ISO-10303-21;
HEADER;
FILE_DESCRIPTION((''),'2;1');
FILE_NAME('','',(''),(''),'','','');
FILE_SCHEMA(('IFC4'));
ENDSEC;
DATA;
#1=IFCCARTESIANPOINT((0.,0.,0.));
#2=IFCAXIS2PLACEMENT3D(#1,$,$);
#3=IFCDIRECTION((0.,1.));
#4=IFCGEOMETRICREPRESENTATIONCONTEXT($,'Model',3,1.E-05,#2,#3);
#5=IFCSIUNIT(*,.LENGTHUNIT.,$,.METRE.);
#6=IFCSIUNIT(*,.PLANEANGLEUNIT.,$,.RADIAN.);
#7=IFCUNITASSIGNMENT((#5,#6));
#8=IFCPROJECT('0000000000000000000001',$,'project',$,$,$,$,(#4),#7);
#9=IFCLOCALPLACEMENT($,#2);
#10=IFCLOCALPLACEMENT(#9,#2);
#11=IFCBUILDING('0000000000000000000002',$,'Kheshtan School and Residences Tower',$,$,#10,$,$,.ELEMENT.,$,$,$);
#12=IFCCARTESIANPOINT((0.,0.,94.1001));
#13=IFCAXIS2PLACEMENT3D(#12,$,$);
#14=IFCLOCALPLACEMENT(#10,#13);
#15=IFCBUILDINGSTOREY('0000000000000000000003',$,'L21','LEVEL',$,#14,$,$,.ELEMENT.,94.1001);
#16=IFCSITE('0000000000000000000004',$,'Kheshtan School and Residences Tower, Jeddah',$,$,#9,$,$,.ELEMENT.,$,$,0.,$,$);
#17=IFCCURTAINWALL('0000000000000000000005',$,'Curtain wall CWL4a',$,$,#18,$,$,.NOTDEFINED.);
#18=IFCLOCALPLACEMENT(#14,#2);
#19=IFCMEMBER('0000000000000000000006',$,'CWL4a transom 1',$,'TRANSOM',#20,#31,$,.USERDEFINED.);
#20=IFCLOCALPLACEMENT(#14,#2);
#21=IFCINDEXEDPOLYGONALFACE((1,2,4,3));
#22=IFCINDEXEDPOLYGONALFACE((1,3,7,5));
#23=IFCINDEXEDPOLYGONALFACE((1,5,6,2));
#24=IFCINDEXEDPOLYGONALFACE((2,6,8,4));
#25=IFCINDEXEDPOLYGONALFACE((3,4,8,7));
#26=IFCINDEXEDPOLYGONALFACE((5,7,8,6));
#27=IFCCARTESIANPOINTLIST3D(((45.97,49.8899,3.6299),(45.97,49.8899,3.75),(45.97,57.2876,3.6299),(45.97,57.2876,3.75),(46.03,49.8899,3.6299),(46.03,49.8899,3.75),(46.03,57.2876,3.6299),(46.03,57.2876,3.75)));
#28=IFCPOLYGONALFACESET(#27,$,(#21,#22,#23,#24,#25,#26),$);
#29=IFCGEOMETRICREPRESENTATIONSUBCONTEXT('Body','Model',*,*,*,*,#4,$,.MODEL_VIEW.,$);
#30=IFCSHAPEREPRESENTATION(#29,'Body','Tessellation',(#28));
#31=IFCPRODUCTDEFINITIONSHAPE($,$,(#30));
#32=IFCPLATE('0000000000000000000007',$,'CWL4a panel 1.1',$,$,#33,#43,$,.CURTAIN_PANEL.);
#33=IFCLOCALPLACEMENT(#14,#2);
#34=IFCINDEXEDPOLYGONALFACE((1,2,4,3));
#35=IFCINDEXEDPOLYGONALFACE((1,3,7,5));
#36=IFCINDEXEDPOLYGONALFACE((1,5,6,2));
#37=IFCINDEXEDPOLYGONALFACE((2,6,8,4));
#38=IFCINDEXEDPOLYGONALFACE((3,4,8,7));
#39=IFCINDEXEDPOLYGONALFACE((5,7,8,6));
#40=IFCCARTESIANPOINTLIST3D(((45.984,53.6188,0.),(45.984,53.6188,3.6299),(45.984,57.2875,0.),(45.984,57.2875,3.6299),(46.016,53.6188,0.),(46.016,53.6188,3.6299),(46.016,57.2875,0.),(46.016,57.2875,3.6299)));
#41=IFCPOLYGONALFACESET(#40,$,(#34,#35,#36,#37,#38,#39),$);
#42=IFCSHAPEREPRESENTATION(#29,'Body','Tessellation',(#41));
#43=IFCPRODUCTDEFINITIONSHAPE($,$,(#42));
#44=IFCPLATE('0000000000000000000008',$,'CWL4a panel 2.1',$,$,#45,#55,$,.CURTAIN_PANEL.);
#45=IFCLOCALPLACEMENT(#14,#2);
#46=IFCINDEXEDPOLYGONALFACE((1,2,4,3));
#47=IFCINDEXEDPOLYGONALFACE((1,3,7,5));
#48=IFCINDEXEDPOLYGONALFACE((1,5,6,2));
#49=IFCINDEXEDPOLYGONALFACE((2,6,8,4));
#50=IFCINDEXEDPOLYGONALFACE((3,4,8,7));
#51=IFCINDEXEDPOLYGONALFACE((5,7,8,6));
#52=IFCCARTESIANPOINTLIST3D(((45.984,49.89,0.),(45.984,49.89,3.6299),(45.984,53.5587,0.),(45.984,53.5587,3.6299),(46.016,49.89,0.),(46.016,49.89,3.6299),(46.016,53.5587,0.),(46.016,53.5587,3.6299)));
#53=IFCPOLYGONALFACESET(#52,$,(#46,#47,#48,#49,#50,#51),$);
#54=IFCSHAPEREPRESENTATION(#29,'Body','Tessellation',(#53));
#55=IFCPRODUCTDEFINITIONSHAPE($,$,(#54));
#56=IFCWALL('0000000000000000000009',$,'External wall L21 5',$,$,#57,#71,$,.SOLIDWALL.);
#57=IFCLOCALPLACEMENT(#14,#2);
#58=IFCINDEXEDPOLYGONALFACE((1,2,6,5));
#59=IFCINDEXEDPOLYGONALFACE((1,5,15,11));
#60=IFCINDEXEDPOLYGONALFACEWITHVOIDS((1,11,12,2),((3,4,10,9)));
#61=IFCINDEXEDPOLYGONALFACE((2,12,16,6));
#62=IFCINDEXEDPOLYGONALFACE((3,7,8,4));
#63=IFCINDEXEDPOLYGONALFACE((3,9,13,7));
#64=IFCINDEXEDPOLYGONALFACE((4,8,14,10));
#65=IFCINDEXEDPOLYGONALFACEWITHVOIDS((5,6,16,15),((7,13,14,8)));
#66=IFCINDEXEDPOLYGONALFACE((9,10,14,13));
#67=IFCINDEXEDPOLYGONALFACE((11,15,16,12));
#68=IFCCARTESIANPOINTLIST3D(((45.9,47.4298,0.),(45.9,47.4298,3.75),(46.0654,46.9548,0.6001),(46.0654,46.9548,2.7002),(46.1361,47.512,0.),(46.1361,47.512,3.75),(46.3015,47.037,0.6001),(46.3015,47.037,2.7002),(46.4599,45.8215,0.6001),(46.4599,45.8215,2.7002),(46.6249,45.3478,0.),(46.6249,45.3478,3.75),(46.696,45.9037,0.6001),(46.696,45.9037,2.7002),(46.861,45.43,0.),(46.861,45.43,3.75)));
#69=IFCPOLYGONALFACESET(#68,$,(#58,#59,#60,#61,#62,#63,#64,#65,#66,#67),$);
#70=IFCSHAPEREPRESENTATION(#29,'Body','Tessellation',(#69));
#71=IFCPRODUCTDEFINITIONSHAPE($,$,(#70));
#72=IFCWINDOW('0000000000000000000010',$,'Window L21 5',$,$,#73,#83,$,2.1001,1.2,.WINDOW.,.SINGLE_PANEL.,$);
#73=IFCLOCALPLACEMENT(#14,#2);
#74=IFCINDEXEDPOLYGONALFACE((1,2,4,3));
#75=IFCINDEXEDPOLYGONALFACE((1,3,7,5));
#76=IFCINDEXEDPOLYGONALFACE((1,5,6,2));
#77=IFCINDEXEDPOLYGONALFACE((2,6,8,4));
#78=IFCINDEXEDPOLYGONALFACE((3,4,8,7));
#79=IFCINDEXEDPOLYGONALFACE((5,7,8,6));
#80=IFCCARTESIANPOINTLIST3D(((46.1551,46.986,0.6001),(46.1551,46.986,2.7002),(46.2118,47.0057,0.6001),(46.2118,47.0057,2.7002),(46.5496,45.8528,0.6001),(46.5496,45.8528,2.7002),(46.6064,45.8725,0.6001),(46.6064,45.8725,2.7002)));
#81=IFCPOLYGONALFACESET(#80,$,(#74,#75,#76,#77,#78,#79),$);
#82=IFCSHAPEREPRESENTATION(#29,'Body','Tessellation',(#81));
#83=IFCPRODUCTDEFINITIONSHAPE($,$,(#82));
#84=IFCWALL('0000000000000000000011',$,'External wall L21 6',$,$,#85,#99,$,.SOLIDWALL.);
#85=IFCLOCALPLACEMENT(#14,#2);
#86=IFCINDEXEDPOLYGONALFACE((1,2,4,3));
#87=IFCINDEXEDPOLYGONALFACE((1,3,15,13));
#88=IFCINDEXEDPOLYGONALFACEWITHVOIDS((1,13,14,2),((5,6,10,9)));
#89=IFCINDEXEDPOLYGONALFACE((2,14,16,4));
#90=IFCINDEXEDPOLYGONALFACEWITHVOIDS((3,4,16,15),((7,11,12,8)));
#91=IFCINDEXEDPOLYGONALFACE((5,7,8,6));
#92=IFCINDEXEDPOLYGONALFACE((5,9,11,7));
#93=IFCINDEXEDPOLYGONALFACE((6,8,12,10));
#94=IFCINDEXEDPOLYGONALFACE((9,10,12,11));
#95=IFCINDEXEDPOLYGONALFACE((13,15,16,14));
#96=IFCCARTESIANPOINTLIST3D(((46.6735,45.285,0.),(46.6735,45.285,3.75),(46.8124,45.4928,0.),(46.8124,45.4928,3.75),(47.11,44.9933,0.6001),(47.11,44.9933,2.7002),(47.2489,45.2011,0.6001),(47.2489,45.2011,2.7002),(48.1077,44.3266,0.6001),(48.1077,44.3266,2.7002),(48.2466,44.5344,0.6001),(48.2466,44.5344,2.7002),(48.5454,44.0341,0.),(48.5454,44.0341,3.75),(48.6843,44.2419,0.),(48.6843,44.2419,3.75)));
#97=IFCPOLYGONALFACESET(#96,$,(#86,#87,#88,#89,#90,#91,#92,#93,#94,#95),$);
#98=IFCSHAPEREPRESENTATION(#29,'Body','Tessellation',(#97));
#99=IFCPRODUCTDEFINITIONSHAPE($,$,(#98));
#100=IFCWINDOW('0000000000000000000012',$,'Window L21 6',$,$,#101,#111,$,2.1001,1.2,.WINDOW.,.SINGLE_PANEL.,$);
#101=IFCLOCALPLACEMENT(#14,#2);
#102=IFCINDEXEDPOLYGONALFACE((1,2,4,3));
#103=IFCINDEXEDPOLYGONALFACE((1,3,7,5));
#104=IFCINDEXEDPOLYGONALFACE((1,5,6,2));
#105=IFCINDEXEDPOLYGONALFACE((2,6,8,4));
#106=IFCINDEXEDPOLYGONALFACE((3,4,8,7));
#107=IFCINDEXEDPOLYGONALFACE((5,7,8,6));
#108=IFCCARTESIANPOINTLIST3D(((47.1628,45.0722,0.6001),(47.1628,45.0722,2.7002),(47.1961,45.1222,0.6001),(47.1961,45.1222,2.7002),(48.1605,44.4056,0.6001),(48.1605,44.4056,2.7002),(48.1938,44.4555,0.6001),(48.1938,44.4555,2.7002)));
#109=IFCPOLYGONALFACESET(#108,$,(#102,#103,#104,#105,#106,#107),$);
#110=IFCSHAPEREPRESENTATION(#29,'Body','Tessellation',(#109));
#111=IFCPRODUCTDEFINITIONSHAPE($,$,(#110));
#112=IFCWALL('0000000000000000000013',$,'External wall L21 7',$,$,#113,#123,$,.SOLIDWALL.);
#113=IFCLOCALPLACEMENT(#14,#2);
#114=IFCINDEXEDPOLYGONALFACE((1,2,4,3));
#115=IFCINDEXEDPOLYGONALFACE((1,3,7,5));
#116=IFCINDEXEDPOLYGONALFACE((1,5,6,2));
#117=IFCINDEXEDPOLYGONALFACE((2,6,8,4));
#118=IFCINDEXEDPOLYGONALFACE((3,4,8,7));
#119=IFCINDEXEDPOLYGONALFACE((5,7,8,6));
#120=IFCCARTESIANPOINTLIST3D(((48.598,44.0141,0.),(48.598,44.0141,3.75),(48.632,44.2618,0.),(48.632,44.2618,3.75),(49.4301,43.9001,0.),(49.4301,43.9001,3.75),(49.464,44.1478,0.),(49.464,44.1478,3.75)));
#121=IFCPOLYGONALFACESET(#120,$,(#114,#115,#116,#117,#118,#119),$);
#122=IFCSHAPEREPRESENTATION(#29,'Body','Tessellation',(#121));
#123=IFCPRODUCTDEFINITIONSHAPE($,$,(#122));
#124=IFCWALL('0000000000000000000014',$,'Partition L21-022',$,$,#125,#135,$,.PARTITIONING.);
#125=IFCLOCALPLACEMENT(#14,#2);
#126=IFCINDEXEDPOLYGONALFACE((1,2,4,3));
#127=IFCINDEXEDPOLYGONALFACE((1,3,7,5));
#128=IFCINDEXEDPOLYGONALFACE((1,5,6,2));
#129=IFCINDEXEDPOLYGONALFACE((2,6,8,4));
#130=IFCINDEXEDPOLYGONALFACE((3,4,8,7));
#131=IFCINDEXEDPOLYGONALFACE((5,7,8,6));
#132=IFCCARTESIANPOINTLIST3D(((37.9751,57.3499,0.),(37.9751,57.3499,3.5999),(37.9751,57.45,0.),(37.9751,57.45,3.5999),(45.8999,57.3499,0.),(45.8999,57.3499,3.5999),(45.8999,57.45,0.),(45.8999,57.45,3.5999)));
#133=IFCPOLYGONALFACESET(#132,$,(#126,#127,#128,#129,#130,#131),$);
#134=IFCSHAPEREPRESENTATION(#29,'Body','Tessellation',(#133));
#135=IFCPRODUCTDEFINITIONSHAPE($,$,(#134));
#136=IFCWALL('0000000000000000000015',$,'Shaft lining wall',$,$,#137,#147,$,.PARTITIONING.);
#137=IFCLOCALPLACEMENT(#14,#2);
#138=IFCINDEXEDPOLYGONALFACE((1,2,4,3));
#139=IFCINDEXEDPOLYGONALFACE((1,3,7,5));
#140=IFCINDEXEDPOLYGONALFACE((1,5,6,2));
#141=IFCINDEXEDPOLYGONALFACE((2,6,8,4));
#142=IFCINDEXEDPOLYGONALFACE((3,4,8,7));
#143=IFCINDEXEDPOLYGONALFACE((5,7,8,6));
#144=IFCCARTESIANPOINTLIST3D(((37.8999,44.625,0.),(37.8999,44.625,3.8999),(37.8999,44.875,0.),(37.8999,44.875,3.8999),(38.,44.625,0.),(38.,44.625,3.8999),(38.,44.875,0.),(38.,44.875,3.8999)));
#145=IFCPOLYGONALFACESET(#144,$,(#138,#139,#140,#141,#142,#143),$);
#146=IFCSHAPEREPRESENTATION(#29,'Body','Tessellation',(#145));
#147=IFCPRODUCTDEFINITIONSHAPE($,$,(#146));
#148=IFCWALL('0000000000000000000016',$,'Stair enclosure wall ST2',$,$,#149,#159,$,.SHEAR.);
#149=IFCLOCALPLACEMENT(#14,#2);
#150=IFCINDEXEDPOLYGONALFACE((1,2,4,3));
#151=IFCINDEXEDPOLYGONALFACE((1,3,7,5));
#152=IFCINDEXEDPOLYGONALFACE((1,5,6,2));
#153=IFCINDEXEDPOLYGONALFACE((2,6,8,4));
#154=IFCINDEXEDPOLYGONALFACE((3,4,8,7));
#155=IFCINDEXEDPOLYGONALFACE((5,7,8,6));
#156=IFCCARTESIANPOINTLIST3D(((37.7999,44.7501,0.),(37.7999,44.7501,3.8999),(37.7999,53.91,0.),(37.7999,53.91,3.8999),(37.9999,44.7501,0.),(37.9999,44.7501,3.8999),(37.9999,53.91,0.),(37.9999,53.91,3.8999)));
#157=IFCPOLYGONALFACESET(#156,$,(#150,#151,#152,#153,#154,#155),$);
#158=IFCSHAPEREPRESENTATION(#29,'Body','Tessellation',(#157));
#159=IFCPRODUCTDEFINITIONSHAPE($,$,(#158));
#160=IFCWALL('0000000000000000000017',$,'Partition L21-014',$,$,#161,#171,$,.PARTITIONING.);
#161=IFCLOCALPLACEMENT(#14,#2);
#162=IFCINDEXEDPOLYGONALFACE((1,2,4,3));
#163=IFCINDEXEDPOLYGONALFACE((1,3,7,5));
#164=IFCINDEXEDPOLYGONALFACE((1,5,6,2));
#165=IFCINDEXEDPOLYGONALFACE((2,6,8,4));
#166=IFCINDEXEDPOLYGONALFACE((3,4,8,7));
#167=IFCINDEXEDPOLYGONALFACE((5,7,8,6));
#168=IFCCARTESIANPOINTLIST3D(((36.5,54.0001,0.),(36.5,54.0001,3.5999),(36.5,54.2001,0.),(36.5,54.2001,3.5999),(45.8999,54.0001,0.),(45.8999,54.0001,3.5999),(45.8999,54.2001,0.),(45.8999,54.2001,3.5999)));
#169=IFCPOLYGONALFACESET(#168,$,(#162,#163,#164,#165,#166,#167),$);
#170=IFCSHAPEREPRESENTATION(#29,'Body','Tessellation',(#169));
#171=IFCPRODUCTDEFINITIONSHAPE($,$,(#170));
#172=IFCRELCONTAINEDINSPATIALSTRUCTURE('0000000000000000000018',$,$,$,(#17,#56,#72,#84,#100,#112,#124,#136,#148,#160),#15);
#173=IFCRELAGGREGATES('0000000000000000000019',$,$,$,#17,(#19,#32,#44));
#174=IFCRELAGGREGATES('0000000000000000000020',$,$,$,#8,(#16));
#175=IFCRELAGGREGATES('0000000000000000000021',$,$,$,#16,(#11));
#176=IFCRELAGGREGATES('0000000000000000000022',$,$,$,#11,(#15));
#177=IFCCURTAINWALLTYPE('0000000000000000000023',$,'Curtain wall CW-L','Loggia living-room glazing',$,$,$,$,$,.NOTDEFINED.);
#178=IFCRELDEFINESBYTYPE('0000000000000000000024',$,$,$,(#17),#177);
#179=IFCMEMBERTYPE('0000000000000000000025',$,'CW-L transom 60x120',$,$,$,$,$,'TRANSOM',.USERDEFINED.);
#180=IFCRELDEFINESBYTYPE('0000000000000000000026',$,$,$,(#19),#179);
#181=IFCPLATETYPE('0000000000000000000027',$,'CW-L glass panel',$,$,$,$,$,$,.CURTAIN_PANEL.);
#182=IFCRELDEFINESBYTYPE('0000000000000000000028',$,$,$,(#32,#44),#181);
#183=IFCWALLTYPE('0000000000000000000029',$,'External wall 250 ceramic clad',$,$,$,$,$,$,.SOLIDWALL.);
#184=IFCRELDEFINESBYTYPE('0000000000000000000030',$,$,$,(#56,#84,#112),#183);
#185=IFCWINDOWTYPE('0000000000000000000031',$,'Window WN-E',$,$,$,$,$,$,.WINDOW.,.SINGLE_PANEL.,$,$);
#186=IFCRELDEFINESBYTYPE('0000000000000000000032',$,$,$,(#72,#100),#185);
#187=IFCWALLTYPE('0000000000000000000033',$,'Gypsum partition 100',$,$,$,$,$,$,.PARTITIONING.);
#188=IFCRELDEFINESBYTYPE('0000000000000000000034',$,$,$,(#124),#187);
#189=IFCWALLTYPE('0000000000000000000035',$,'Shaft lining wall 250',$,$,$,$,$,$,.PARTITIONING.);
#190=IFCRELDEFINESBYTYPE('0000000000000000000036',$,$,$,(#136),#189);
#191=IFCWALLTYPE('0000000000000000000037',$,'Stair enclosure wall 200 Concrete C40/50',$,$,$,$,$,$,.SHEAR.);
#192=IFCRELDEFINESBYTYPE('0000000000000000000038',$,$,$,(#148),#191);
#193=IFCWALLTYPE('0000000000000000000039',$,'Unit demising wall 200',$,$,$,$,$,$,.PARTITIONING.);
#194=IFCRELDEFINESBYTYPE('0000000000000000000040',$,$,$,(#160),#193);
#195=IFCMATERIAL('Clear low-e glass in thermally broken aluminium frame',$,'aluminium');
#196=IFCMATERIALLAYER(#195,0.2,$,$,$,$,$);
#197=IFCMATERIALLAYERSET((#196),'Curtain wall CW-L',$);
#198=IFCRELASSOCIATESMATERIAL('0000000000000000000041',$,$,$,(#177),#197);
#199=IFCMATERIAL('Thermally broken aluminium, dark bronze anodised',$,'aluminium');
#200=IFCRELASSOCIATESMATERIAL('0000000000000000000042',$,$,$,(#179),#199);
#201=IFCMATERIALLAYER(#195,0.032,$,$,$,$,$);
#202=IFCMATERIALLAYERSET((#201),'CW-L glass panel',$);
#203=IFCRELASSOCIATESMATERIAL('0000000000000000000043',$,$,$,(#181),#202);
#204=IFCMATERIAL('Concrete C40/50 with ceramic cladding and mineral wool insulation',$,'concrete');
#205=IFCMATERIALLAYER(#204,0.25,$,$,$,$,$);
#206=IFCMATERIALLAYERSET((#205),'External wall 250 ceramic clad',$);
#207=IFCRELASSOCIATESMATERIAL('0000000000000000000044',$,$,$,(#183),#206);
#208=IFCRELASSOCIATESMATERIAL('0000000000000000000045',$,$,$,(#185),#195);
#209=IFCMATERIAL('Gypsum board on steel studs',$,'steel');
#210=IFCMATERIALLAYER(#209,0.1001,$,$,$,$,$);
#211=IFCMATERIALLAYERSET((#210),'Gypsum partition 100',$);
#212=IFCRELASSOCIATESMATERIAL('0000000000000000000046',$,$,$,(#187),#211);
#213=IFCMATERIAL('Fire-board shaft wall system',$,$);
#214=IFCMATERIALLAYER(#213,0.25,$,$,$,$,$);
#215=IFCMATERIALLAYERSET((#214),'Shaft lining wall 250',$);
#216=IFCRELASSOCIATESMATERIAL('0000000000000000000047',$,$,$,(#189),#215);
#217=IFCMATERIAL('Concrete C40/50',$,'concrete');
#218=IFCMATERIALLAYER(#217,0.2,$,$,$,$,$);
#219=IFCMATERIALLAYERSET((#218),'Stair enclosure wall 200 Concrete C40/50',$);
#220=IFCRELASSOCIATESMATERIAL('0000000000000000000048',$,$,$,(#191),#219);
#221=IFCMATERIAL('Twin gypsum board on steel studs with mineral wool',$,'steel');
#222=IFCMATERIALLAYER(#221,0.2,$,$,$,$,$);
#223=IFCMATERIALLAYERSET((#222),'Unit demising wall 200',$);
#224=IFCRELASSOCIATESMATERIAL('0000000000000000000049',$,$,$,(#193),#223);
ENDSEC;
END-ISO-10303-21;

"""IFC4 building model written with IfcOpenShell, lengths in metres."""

from ifc_helpers import new_model, si_unit, direction, frame, frame_2d, origin, origin_2d, place, context, subcontext, project, spatial, rectangle, extrude, source, transform, mapped, material, layer, layer_set, material_profile, profile_set, type_object, element, fill, aggregate, save


model = new_model("IFC4")

# Units and contexts
model_context = context("Model", 3, precision=1e-05, world=origin(), true_north=direction((0.0, 1.0)))
body_context = subcontext(model_context, "Body", "Model", "MODEL_VIEW")
ifc_project = project(units=[si_unit("LENGTHUNIT", "METRE"), si_unit("PLANEANGLEUNIT", "RADIAN")], contexts=[model_context])

# Site, building, storey
site_placement = place(None, origin())
site = spatial("IfcSite", under=ifc_project, at=site_placement, Name="Kheshtan School and Residences Tower, Jeddah", CompositionType="ELEMENT", RefElevation=0.0)
building_placement = place(site_placement, origin())
building = spatial("IfcBuilding", under=site, at=building_placement, Name="Kheshtan School and Residences Tower", CompositionType="ELEMENT")
storey_placement = place(building_placement, frame((0.0, 0.0, 94.1001)))
storey = spatial("IfcBuildingStorey", under=building, at=storey_placement, Name="L21", Description="LEVEL", CompositionType="ELEMENT", Elevation=94.1001)

# Curtain wall, member, plates
ifc_material_1 = material(Name="Clear low-e glass in thermally broken aluminium frame", Category="aluminium")
ifc_layer_1 = layer(ifc_material_1, 0.2)
ifc_layer_set_1 = layer_set([ifc_layer_1], Name="Curtain wall CW-L")
curtain_wall_type = type_object("IfcCurtainWallType", Name="Curtain wall CW-L", Description="Loggia living-room glazing", PredefinedType="NOTDEFINED", material=ifc_layer_set_1)
curtain_wall_placement = place(storey_placement, origin())
curtain_wall = element("IfcCurtainWall", 1, at=curtain_wall_placement, inside=storey, type_object=curtain_wall_type, Name="Curtain wall CWL4a", PredefinedType="NOTDEFINED")
ifc_material_2 = material(Name="Thermally broken aluminium, dark bronze anodised", Category="aluminium")
ifc_material_profile_1 = material_profile(ifc_material_2, rectangle(XDim=0.0601, YDim=0.1201, at=origin_2d()), Name="CW-L transom 60x120")
ifc_profile_set_1 = profile_set([ifc_material_profile_1], Name="Thermally broken aluminium, dark bronze anodised")
member_type_1 = type_object("IfcMemberType", Name="CW-L transom 60x120", ElementType="TRANSOM", PredefinedType="USERDEFINED", material=ifc_profile_set_1)
member_1_placement = place(storey_placement, frame((46.0, 57.2876, 3.6899), z_axis=(0.0, -1.0, 0.0), x_axis=(1.0, 0.0, 0.0)))
member_1 = element("IfcMember", 2, at=member_1_placement, type_object=member_type_1, Name="CWL4a transom 1", ObjectType="TRANSOM", PredefinedType="USERDEFINED", context=body_context, shape_type="SweptSolid", body=[
    extrude(rectangle(XDim=0.0601, YDim=0.1201, at=origin_2d()), origin(), (0.0, 0.0, 1.0), 7.3977),
])
ifc_layer_2 = layer(ifc_material_1, 0.032)
ifc_layer_set_2 = layer_set([ifc_layer_2], Name="CW-L glass panel")
plate_type = type_object("IfcPlateType", Name="CW-L glass panel", PredefinedType="CURTAIN_PANEL", material=ifc_layer_set_2)
plate_1_placement = place(storey_placement, frame((46.0, 55.4531, 0.0), z_axis=(0.0, 0.0, 1.0), x_axis=(0.0, -1.0, 0.0)))
plate_1 = element("IfcPlate", 3, at=plate_1_placement, type_object=plate_type, Name="CWL4a panel 1.1", PredefinedType="CURTAIN_PANEL", context=body_context, shape_type="SweptSolid", body=[
    extrude(rectangle(XDim=3.6687, YDim=0.032, at=origin_2d()), origin(), (0.0, 0.0, 1.0), 3.6299),
])
plate_2_placement = place(storey_placement, frame((46.0, 51.7244, 0.0), z_axis=(0.0, 0.0, 1.0), x_axis=(0.0, -1.0, 0.0)))
plate_2 = element("IfcPlate", 4, at=plate_2_placement, type_object=plate_type, Name="CWL4a panel 2.1", PredefinedType="CURTAIN_PANEL", context=body_context, shape_type="SweptSolid", body=[
    extrude(rectangle(XDim=3.6687, YDim=0.032, at=origin_2d()), origin(), (0.0, 0.0, 1.0), 3.6299),
])
aggregate(curtain_wall, [member_1, plate_1, plate_2])

# Walls, openings, windows
ifc_material_3 = material(Name="Concrete C40/50 with ceramic cladding and mineral wool insulation", Category="concrete")
ifc_layer_3 = layer(ifc_material_3, 0.25)
ifc_layer_set_3 = layer_set([ifc_layer_3], Name="External wall 250 ceramic clad")
wall_type_1 = type_object("IfcWallType", Name="External wall 250 ceramic clad", PredefinedType="SOLIDWALL", material=ifc_layer_set_3)
wall_1_placement = place(storey_placement, frame((46.0181, 47.4709, 0.0), z_axis=(0.0, 0.0, 1.0), x_axis=(0.328791, -0.944403, 0.0)))
wall_1 = element("IfcWall", 5, at=wall_1_placement, inside=storey, type_object=wall_type_1, Name="External wall L21 5", PredefinedType="SOLIDWALL", context=body_context, shape_type="SweptSolid", body=[
    extrude(rectangle(XDim=2.2046, YDim=0.25, at=frame_2d((1.1023, 0.0))), origin(), (0.0, 0.0, 1.0), 3.75),
])
opening_1_placement = place(wall_1_placement, frame((0.5029, 0.0, 0.6001)))
opening_1 = element("IfcOpeningElement", 6, at=opening_1_placement, cuts=wall_1, PredefinedType="OPENING", context=body_context, shape_type="SweptSolid", body=[
    extrude(rectangle(XDim=1.2, YDim=2.1001, at=frame_2d((0.6001, 1.05))), frame((0.0, 0.135, 0.0), z_axis=(0.0, -1.0, 0.0), x_axis=(1.0, 0.0, 0.0)), (0.0, 0.0, 1.0), 0.27),
])
window_type = type_object("IfcWindowType", Name="Window WN-E", PartitioningType="SINGLE_PANEL", PredefinedType="WINDOW", material=ifc_material_1)
shared_shape_1 = source(origin(), body_context, "Body", "SweptSolid", [
    extrude(rectangle(XDim=1.2, YDim=2.1001, at=frame_2d((0.6001, 1.05))), frame((0.0, 0.03, 0.0), z_axis=(0.0, -1.0, 0.0), x_axis=(1.0, 0.0, 0.0)), (0.0, 0.0, 1.0), 0.0601),
])
window_1_placement = place(opening_1_placement, origin())
window_1 = element("IfcWindow", 7, at=window_1_placement, inside=storey, type_object=window_type, Name="Window L21 5", OverallHeight=2.1001, OverallWidth=1.2, PartitioningType="SINGLE_PANEL", PredefinedType="WINDOW", context=body_context, shape_type="MappedRepresentation", body=[
    mapped(shared_shape_1, transform((0.0, 0.0, 0.0), x_axis=(1.0, 0.0, 0.0), y_axis=(0.0, 1.0, 0.0), z_axis=(0.0, 0.0, 1.0), scale=1.0)),
])
fill(opening_1, window_1)
wall_2_placement = place(storey_placement, frame((46.7429, 45.3889, 0.0), z_axis=(0.0, 0.0, 1.0), x_axis=(0.831449, -0.555601, 0.0)))
wall_2 = element("IfcWall", 8, at=wall_2_placement, inside=storey, type_object=wall_type_1, Name="External wall L21 6", PredefinedType="SOLIDWALL", context=body_context, shape_type="SweptSolid", body=[
    extrude(rectangle(XDim=2.2515, YDim=0.25, at=frame_2d((1.1257, 0.0))), origin(), (0.0, 0.0, 1.0), 3.75),
])
opening_2_placement = place(wall_2_placement, frame((0.5249, 0.0, 0.6001)))
opening_2 = element("IfcOpeningElement", 9, at=opening_2_placement, cuts=wall_2, PredefinedType="OPENING", context=body_context, shape_type="SweptSolid", body=[
    extrude(rectangle(XDim=1.2, YDim=2.1001, at=frame_2d((0.6001, 1.05))), frame((0.0, 0.135, 0.0), z_axis=(0.0, -1.0, 0.0), x_axis=(1.0, 0.0, 0.0)), (0.0, 0.0, 1.0), 0.27),
])
window_2_placement = place(opening_2_placement, origin())
window_2 = element("IfcWindow", 10, at=window_2_placement, inside=storey, type_object=window_type, Name="Window L21 6", OverallHeight=2.1001, OverallWidth=1.2, PartitioningType="SINGLE_PANEL", PredefinedType="WINDOW", context=body_context, shape_type="MappedRepresentation", body=[
    mapped(shared_shape_1, transform((0.0, 0.0, 0.0), x_axis=(1.0, 0.0, 0.0), y_axis=(0.0, 1.0, 0.0), z_axis=(0.0, 0.0, 1.0), scale=1.0)),
])
fill(opening_2, window_2)

# Wall
wall_3_placement = place(storey_placement, frame((48.615, 44.1379, 0.0), z_axis=(0.0, 0.0, 1.0), x_axis=(0.990742, -0.135762, 0.0)))
element("IfcWall", 11, at=wall_3_placement, inside=storey, type_object=wall_type_1, Name="External wall L21 7", PredefinedType="SOLIDWALL", context=body_context, shape_type="SweptSolid", body=[
    extrude(rectangle(XDim=0.8398, YDim=0.25, at=frame_2d((0.4199, 0.0))), origin(), (0.0, 0.0, 1.0), 3.75),
])

# Walls
ifc_material_4 = material(Name="Gypsum board on steel studs", Category="steel")
ifc_layer_4 = layer(ifc_material_4, 0.1001)
ifc_layer_set_4 = layer_set([ifc_layer_4], Name="Gypsum partition 100")
wall_type_2 = type_object("IfcWallType", Name="Gypsum partition 100", PredefinedType="PARTITIONING", material=ifc_layer_set_4)
wall_4_placement = place(storey_placement, frame((37.9751, 57.3999, 0.0), z_axis=(0.0, 0.0, 1.0), x_axis=(1.0, 0.0, 0.0)))
element("IfcWall", 12, at=wall_4_placement, inside=storey, type_object=wall_type_2, Name="Partition L21-022", PredefinedType="PARTITIONING", context=body_context, shape_type="SweptSolid", body=[
    extrude(rectangle(XDim=7.9248, YDim=0.1001, at=frame_2d((3.9624, 0.0))), origin(), (0.0, 0.0, 1.0), 3.5999),
])
ifc_material_5 = material(Name="Fire-board shaft wall system")
ifc_layer_5 = layer(ifc_material_5, 0.25)
ifc_layer_set_5 = layer_set([ifc_layer_5], Name="Shaft lining wall 250")
wall_type_3 = type_object("IfcWallType", Name="Shaft lining wall 250", PredefinedType="PARTITIONING", material=ifc_layer_set_5)
wall_5_placement = place(storey_placement, frame((37.8999, 44.75, 0.0), z_axis=(0.0, 0.0, 1.0), x_axis=(1.0, 0.0, 0.0)))
element("IfcWall", 13, at=wall_5_placement, inside=storey, type_object=wall_type_3, Name="Shaft lining wall", PredefinedType="PARTITIONING", context=body_context, shape_type="SweptSolid", body=[
    extrude(rectangle(XDim=0.1001, YDim=0.25, at=frame_2d((0.05, 0.0))), origin(), (0.0, 0.0, 1.0), 3.8999),
])
ifc_material_6 = material(Name="Concrete C40/50", Category="concrete")
ifc_layer_6 = layer(ifc_material_6, 0.2)
ifc_layer_set_6 = layer_set([ifc_layer_6], Name="Stair enclosure wall 200 Concrete C40/50")
wall_type_4 = type_object("IfcWallType", Name="Stair enclosure wall 200 Concrete C40/50", PredefinedType="SHEAR", material=ifc_layer_set_6)
wall_6_placement = place(storey_placement, frame((37.8999, 44.75, 0.0), z_axis=(0.0, 0.0, 1.0), x_axis=(0.0, 1.0, 0.0)))
element("IfcWall", 14, at=wall_6_placement, inside=storey, type_object=wall_type_4, Name="Stair enclosure wall ST2", PredefinedType="SHEAR", context=body_context, shape_type="SweptSolid", body=[
    extrude(rectangle(XDim=9.1599, YDim=0.2, at=frame_2d((4.5801, 0.0))), origin(), (0.0, 0.0, 1.0), 3.8999),
])
ifc_material_7 = material(Name="Twin gypsum board on steel studs with mineral wool", Category="steel")
ifc_layer_7 = layer(ifc_material_7, 0.2)
ifc_layer_set_7 = layer_set([ifc_layer_7], Name="Unit demising wall 200")
wall_type_5 = type_object("IfcWallType", Name="Unit demising wall 200", PredefinedType="PARTITIONING", material=ifc_layer_set_7)
wall_7_placement = place(storey_placement, frame((36.5, 54.1001, 0.0), z_axis=(0.0, 0.0, 1.0), x_axis=(1.0, 0.0, 0.0)))
element("IfcWall", 15, at=wall_7_placement, inside=storey, type_object=wall_type_5, Name="Partition L21-014", PredefinedType="PARTITIONING", context=body_context, shape_type="SweptSolid", body=[
    extrude(rectangle(XDim=9.3999, YDim=0.2, at=frame_2d((4.7, 0.0))), origin(), (0.0, 0.0, 1.0), 3.5999),
])

save(model, "model.ifc")
